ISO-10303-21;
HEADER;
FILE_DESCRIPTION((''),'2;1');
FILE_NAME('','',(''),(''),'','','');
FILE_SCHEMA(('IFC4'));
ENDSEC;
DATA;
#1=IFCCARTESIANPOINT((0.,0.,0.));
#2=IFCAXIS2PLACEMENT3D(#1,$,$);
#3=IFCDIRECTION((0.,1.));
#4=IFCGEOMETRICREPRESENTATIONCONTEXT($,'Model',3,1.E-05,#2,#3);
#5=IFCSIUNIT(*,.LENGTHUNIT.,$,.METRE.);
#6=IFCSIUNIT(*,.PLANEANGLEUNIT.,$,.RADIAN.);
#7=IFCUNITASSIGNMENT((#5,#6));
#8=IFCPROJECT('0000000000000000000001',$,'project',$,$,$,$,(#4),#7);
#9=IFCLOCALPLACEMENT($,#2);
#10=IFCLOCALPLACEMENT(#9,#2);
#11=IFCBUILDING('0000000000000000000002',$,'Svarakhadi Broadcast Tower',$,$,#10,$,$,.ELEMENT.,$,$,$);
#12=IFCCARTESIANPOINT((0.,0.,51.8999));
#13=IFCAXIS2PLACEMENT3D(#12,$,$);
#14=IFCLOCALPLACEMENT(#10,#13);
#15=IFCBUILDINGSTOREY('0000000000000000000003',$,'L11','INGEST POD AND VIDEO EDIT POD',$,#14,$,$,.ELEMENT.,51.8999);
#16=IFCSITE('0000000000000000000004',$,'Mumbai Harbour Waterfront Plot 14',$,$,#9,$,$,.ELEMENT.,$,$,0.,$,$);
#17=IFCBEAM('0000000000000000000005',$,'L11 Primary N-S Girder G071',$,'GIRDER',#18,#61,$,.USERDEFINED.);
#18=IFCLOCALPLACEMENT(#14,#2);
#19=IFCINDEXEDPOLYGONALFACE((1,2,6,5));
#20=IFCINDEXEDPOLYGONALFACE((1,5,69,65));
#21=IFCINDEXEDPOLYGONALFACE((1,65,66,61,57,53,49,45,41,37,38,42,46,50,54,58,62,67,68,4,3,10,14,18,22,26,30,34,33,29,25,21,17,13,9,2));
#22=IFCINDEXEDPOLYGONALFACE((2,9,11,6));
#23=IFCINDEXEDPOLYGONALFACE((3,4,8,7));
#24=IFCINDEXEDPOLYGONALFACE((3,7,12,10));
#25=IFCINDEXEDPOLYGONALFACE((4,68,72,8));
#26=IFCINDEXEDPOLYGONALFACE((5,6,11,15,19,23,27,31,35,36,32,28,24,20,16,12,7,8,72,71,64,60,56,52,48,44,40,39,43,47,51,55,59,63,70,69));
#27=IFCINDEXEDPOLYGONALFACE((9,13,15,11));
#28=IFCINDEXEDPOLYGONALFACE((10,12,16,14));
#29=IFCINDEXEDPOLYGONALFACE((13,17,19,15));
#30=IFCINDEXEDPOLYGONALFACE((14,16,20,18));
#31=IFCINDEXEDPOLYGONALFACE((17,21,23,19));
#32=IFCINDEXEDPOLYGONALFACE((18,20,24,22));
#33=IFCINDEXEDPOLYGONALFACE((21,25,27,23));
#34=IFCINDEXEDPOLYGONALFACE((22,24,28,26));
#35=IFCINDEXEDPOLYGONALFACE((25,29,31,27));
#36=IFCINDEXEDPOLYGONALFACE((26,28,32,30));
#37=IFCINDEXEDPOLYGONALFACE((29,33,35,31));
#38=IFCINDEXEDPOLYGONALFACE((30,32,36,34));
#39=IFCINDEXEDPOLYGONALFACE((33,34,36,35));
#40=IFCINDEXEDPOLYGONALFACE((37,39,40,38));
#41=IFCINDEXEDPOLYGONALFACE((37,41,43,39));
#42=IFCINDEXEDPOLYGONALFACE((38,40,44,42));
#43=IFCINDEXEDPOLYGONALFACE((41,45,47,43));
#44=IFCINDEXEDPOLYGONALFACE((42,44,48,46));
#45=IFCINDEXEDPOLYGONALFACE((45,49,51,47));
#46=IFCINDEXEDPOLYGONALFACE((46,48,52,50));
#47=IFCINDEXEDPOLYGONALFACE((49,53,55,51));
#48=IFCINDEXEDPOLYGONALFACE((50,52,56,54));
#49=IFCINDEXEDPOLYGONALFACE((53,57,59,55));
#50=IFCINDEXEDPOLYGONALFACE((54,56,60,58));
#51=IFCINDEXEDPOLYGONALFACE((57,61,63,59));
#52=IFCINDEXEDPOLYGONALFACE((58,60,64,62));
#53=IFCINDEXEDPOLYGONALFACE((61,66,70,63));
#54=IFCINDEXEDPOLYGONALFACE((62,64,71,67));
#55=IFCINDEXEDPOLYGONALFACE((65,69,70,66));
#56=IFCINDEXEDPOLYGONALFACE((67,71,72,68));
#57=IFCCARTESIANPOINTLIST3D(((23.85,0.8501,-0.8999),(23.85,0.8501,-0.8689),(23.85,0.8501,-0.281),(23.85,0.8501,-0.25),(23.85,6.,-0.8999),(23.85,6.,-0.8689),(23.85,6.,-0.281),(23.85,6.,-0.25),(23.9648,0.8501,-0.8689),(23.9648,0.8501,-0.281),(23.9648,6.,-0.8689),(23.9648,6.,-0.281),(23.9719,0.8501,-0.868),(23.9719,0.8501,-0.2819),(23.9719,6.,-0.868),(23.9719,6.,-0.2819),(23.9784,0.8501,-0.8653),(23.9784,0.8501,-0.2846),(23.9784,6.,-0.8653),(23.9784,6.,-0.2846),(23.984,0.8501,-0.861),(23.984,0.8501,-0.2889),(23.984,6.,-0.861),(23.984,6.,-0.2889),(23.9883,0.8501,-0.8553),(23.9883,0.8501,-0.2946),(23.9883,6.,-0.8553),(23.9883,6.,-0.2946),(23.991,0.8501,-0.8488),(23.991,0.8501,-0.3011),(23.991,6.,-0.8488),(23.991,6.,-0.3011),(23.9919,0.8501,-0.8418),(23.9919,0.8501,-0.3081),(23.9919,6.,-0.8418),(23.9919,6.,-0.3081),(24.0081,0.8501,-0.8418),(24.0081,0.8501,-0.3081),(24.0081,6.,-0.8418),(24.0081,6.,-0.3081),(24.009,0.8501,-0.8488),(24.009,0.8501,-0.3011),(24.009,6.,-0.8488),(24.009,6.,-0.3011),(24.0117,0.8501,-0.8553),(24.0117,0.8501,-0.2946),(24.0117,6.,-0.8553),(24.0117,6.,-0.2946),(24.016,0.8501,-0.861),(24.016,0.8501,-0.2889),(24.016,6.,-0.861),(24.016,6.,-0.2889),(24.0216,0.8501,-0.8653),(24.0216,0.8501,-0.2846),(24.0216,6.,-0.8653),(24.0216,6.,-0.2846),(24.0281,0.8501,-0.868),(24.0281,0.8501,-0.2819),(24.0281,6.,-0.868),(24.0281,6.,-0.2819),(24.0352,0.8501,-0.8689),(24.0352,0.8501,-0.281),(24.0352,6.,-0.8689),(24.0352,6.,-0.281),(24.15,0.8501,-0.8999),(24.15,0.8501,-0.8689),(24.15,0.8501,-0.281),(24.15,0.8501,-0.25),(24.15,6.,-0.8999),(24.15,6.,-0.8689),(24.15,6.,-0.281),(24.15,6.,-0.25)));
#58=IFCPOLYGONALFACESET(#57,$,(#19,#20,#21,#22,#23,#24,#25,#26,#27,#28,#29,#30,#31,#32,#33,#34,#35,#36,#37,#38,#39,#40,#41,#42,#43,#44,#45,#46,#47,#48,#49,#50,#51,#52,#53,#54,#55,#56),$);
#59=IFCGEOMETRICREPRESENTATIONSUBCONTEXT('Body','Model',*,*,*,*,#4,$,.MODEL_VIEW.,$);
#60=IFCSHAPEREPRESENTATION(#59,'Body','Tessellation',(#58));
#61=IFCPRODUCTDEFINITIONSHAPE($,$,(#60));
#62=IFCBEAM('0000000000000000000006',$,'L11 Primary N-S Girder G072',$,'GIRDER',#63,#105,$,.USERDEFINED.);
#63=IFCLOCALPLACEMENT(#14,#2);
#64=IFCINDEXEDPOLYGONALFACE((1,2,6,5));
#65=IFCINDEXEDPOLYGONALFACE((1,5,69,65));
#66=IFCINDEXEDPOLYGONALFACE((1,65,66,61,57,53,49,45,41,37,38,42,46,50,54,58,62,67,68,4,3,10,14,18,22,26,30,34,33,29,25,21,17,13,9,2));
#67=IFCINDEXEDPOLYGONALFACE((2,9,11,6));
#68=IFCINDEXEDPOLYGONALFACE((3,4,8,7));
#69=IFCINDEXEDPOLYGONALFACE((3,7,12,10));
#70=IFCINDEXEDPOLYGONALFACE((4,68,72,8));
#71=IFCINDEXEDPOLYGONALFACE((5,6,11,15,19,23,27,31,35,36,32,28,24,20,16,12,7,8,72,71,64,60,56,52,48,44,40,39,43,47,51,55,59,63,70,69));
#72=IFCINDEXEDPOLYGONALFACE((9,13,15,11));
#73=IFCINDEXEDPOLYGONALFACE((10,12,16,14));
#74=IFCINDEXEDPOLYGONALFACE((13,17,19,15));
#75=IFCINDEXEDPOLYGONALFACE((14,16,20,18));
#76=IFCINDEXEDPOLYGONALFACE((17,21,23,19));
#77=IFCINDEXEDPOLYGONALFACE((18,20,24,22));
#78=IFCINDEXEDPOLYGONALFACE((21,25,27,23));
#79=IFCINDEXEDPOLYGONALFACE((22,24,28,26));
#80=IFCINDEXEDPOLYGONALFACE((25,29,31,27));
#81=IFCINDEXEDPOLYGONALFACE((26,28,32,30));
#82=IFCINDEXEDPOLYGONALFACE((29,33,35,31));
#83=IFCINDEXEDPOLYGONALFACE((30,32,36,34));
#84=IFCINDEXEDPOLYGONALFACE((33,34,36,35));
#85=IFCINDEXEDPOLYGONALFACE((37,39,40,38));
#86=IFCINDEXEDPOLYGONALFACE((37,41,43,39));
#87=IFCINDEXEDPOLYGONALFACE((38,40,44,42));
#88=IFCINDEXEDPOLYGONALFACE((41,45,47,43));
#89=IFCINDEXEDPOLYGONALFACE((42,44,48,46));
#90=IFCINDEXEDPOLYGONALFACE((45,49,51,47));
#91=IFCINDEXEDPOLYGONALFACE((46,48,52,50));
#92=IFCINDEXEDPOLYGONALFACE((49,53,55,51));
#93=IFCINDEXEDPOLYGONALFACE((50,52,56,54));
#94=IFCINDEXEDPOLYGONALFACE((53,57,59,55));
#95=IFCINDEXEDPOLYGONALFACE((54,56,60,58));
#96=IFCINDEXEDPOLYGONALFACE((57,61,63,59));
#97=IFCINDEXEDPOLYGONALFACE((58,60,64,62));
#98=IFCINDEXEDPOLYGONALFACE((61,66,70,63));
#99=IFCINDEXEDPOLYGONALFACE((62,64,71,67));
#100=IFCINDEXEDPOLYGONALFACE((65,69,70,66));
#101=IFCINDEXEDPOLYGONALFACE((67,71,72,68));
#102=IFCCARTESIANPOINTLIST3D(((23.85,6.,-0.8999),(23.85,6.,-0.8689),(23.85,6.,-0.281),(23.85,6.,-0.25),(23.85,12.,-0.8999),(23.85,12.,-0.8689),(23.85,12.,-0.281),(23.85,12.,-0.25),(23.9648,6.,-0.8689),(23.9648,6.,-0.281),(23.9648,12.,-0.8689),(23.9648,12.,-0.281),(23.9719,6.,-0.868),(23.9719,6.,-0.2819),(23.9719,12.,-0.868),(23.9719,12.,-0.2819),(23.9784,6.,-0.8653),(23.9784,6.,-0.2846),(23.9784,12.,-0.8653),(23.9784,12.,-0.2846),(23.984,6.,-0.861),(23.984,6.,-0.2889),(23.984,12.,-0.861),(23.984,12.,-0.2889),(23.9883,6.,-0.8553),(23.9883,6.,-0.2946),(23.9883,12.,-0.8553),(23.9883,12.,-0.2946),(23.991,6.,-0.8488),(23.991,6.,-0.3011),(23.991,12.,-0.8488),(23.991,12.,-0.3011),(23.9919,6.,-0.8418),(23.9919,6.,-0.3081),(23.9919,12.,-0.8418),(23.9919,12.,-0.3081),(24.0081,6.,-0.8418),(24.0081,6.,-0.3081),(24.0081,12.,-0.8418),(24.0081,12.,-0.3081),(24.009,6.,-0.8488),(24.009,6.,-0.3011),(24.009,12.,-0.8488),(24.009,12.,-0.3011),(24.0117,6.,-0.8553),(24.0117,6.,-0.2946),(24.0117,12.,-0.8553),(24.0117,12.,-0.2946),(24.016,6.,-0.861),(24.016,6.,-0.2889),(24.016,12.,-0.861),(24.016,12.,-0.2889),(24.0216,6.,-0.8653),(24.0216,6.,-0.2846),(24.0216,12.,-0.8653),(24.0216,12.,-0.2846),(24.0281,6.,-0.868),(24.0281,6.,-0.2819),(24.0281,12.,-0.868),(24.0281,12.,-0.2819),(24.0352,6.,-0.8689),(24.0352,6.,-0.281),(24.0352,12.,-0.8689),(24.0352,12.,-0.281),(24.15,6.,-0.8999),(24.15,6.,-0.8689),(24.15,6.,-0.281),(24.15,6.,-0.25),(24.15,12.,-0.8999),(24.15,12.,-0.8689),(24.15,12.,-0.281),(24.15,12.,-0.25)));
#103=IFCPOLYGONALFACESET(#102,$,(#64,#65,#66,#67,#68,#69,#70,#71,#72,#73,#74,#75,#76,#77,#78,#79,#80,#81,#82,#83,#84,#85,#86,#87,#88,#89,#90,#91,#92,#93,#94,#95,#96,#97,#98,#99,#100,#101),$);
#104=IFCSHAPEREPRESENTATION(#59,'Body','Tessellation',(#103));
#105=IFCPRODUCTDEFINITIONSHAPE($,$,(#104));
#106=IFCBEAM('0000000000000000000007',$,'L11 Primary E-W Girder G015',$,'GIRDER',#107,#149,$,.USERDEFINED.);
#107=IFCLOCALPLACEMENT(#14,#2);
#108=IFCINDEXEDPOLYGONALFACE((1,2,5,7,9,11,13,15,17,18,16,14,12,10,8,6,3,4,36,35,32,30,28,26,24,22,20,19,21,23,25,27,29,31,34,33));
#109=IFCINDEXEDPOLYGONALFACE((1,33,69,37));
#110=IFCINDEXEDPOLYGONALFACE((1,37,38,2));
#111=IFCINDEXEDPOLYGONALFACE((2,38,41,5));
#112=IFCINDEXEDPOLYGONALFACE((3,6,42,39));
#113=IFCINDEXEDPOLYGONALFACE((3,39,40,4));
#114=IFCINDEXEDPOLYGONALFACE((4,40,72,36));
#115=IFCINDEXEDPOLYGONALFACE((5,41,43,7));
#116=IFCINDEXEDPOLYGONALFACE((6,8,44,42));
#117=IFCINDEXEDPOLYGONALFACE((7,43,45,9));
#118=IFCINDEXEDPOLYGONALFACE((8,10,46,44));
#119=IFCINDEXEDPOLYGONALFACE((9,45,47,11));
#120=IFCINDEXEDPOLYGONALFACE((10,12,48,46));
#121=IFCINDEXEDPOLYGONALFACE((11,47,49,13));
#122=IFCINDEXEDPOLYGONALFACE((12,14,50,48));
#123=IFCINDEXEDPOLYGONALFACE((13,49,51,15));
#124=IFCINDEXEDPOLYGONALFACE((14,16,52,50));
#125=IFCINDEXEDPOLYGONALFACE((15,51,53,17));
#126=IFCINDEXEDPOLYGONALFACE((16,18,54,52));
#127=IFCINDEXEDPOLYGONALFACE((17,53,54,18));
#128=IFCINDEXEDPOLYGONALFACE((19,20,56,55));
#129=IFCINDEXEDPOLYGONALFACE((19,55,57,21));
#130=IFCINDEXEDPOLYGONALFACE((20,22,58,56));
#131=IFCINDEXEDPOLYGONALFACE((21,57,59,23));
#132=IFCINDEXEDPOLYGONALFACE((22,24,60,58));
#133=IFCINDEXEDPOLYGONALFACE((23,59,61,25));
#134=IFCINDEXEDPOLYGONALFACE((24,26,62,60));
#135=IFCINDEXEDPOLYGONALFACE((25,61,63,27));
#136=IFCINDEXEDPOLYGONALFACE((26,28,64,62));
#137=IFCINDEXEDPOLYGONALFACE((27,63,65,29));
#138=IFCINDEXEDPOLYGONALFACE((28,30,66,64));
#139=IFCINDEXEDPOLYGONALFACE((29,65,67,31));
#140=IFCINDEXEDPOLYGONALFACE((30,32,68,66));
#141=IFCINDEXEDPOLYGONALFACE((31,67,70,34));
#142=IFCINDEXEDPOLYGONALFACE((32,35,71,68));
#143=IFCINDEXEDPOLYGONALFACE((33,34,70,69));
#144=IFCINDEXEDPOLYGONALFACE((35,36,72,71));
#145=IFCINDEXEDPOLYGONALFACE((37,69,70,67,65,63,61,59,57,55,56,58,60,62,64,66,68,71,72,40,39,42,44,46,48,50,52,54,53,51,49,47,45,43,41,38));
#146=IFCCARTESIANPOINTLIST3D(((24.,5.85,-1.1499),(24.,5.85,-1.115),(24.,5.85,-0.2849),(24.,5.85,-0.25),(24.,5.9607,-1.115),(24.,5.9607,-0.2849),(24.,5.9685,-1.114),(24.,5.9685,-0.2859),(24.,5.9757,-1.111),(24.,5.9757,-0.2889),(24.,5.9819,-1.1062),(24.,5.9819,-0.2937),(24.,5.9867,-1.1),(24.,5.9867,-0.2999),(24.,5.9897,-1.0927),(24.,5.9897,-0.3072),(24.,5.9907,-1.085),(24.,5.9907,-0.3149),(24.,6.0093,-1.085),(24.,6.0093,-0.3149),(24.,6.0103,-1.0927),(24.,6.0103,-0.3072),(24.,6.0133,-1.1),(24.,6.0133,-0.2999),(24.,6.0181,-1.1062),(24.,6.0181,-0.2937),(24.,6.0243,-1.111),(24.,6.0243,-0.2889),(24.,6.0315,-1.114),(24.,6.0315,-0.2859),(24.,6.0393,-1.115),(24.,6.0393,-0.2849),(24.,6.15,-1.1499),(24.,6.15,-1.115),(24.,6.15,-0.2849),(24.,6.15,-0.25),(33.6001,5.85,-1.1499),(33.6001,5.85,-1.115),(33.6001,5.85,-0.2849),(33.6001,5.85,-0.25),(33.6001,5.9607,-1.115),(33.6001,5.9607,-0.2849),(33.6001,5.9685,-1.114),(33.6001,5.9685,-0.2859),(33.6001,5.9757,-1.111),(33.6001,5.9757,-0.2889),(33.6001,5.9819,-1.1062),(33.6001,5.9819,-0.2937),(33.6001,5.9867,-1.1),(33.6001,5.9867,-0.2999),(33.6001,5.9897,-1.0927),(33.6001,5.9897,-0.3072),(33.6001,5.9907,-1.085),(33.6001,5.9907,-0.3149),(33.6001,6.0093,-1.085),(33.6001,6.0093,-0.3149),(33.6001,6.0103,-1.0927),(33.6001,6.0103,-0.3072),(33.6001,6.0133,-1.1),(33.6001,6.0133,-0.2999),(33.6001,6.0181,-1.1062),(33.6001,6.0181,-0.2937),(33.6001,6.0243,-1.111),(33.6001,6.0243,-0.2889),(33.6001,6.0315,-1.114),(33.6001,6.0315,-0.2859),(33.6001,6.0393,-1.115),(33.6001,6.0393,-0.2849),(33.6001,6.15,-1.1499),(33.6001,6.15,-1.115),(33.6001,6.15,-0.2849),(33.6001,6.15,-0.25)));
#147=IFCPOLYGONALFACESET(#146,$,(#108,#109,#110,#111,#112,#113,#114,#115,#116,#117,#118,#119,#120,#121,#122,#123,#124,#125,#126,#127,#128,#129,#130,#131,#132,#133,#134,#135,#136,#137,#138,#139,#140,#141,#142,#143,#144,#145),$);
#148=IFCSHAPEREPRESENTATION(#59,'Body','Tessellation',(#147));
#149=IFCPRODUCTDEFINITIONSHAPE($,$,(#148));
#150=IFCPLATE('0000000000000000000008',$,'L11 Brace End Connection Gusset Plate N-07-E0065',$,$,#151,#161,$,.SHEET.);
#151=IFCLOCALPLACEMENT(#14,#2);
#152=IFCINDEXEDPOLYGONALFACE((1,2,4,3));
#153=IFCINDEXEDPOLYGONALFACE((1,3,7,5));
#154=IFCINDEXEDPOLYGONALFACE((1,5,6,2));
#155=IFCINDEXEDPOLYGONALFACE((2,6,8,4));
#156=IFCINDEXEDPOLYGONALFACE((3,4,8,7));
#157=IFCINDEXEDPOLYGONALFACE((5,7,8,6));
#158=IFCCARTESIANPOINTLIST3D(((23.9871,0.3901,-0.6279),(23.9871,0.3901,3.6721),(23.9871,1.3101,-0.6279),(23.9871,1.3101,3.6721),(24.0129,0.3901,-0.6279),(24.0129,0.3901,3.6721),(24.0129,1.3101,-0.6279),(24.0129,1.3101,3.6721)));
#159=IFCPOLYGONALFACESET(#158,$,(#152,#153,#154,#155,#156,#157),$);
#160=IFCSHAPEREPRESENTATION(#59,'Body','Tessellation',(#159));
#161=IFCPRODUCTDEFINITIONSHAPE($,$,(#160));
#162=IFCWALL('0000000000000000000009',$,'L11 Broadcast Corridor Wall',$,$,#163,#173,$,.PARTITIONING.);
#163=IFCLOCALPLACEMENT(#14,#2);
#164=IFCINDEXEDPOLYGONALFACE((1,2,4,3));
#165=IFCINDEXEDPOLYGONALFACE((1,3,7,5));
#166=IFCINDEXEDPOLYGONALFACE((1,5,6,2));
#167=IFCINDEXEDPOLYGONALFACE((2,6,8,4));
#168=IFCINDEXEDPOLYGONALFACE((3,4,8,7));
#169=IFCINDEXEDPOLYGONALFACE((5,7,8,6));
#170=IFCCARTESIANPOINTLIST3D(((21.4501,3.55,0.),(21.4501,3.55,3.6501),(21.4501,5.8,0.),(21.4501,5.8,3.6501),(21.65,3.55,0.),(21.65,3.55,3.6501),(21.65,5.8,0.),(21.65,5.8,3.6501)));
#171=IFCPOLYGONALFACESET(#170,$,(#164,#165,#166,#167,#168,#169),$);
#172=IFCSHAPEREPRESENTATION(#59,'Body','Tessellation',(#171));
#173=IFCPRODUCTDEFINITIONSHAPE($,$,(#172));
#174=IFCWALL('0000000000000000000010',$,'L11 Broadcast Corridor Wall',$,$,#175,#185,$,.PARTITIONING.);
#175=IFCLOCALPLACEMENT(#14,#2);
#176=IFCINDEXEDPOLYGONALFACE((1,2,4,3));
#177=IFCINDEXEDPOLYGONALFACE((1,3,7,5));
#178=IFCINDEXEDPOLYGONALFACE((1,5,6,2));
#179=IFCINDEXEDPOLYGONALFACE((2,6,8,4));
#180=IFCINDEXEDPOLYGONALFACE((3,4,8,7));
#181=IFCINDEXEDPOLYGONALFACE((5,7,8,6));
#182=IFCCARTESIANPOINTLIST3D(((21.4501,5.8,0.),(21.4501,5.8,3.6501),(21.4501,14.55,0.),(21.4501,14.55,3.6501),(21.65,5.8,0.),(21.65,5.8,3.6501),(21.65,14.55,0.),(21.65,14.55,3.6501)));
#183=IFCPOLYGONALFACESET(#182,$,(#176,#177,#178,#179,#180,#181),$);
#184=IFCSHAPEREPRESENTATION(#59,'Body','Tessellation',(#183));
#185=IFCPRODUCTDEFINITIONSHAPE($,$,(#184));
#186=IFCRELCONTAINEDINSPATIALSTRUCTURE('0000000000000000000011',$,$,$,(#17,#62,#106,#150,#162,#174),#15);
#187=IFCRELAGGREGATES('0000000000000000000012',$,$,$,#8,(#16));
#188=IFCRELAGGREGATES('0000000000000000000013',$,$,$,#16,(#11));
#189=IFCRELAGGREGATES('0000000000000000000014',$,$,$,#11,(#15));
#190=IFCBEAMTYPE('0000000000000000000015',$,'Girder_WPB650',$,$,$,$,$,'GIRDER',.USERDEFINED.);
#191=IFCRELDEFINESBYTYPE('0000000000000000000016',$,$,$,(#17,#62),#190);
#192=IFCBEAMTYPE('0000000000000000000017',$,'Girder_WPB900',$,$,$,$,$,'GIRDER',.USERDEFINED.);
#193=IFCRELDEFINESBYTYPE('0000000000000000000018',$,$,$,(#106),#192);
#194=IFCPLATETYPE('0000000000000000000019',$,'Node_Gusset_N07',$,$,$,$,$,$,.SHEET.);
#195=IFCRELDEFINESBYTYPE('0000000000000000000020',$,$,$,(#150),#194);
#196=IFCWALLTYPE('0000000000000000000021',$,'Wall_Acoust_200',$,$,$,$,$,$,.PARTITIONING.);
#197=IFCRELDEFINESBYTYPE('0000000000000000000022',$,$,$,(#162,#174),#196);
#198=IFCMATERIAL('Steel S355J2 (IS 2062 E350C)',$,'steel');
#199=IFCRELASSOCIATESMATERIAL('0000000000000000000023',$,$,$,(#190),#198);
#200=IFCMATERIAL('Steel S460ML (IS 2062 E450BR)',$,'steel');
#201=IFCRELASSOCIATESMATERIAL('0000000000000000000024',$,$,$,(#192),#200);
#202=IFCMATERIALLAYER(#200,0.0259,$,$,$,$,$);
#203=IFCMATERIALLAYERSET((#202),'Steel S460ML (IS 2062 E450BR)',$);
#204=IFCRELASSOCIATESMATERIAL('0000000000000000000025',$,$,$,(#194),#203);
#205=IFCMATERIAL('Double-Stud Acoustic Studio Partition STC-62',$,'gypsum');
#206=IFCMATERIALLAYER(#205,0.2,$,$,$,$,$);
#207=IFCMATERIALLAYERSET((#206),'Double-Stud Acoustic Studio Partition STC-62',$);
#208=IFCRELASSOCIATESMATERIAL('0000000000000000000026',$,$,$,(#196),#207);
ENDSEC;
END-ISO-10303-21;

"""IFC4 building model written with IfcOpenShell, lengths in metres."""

from ifc_helpers import new_model, si_unit, direction, frame, frame_2d, origin, origin_2d, place, context, subcontext, project, spatial, rectangle, i_section, extrude, material, layer, layer_set, material_profile, profile_set, type_object, element, save


model = new_model("IFC4")

# Units and contexts
model_context = context("Model", 3, precision=1e-05, world=origin(), true_north=direction((0.0, 1.0)))
body_context = subcontext(model_context, "Body", "Model", "MODEL_VIEW")
ifc_project = project(units=[si_unit("LENGTHUNIT", "METRE"), si_unit("PLANEANGLEUNIT", "RADIAN")], contexts=[model_context])

# Site, building, storey
site_placement = place(None, origin())
site = spatial("IfcSite", under=ifc_project, at=site_placement, Name="Mumbai Harbour Waterfront Plot 14", CompositionType="ELEMENT", RefElevation=0.0)
building_placement = place(site_placement, origin())
building = spatial("IfcBuilding", under=site, at=building_placement, Name="Svarakhadi Broadcast Tower", CompositionType="ELEMENT")
storey_placement = place(building_placement, frame((0.0, 0.0, 51.8999)))
storey = spatial("IfcBuildingStorey", under=building, at=storey_placement, Name="L11", Description="INGEST POD AND VIDEO EDIT POD", CompositionType="ELEMENT", Elevation=51.8999)

# Beams
ifc_material_1 = material(Name="Steel S355J2 (IS 2062 E350C)", Category="steel")
ifc_material_profile_1 = material_profile(ifc_material_1, i_section(OverallWidth=0.3, OverallDepth=0.6499, WebThickness=0.0161, FlangeThickness=0.031, FilletRadius=0.0271, at=origin_2d()), Name="WPB 650x300x225")
ifc_profile_set_1 = profile_set([ifc_material_profile_1], Name="Steel S355J2 (IS 2062 E350C)")
beam_type_1 = type_object("IfcBeamType", Name="Girder_WPB650", ElementType="GIRDER", PredefinedType="USERDEFINED", material=ifc_profile_set_1)
beam_1_placement = place(storey_placement, frame((24.0, 0.8501, -0.575), z_axis=(0.0, 1.0, 0.0), x_axis=(-1.0, 0.0, 0.0)))
element("IfcBeam", 1, at=beam_1_placement, inside=storey, type_object=beam_type_1, Name="L11 Primary N-S Girder G071", ObjectType="GIRDER", PredefinedType="USERDEFINED", context=body_context, shape_type="SweptSolid", body=[
    extrude(i_section(OverallWidth=0.3, OverallDepth=0.6499, WebThickness=0.0161, FlangeThickness=0.031, FilletRadius=0.0271, at=origin_2d()), origin(), (0.0, 0.0, 1.0), 5.1499),
])
beam_2_placement = place(storey_placement, frame((24.0, 6.0, -0.575), z_axis=(0.0, 1.0, 0.0), x_axis=(-1.0, 0.0, 0.0)))
element("IfcBeam", 2, at=beam_2_placement, inside=storey, type_object=beam_type_1, Name="L11 Primary N-S Girder G072", ObjectType="GIRDER", PredefinedType="USERDEFINED", context=body_context, shape_type="SweptSolid", body=[
    extrude(i_section(OverallWidth=0.3, OverallDepth=0.6499, WebThickness=0.0161, FlangeThickness=0.031, FilletRadius=0.0271, at=origin_2d()), origin(), (0.0, 0.0, 1.0), 6.0),
])
ifc_material_2 = material(Name="Steel S460ML (IS 2062 E450BR)", Category="steel")
ifc_material_profile_2 = material_profile(ifc_material_2, i_section(OverallWidth=0.3, OverallDepth=0.8999, WebThickness=0.0186, FlangeThickness=0.0349, FilletRadius=0.03, at=origin_2d()), Name="WPB 900x300x291")
ifc_profile_set_2 = profile_set([ifc_material_profile_2], Name="Steel S460ML (IS 2062 E450BR)")
beam_type_2 = type_object("IfcBeamType", Name="Girder_WPB900", ElementType="GIRDER", PredefinedType="USERDEFINED", material=ifc_profile_set_2)
beam_3_placement = place(storey_placement, frame((24.0, 6.0, -0.7), z_axis=(1.0, 0.0, 0.0), x_axis=(0.0, 1.0, 0.0)))
element("IfcBeam", 3, at=beam_3_placement, inside=storey, type_object=beam_type_2, Name="L11 Primary E-W Girder G015", ObjectType="GIRDER", PredefinedType="USERDEFINED", context=body_context, shape_type="SweptSolid", body=[
    extrude(i_section(OverallWidth=0.3, OverallDepth=0.8999, WebThickness=0.0186, FlangeThickness=0.0349, FilletRadius=0.03, at=origin_2d()), origin(), (0.0, 0.0, 1.0), 9.6001),
])

# Plate
ifc_layer_1 = layer(ifc_material_2, 0.0259)
ifc_layer_set_1 = layer_set([ifc_layer_1], Name="Steel S460ML (IS 2062 E450BR)")
plate_type = type_object("IfcPlateType", Name="Node_Gusset_N07", PredefinedType="SHEET", material=ifc_layer_set_1)
plate_placement = place(storey_placement, frame((24.0, 0.8501, -0.6279), z_axis=(0.0, 0.0, 1.0), x_axis=(0.0, 1.0, 0.0)))
element("IfcPlate", 4, at=plate_placement, inside=storey, type_object=plate_type, Name="L11 Brace End Connection Gusset Plate N-07-E0065", PredefinedType="SHEET", context=body_context, shape_type="SweptSolid", body=[
    extrude(rectangle(XDim=0.9199, YDim=0.0259, at=origin_2d()), origin(), (0.0, 0.0, 1.0), 4.3),
])

# Walls
ifc_material_3 = material(Name="Double-Stud Acoustic Studio Partition STC-62", Category="gypsum")
ifc_layer_2 = layer(ifc_material_3, 0.2)
ifc_layer_set_2 = layer_set([ifc_layer_2], Name="Double-Stud Acoustic Studio Partition STC-62")
wall_type_1 = type_object("IfcWallType", Name="Wall_Acoust_200", PredefinedType="PARTITIONING", material=ifc_layer_set_2)
wall_1_placement = place(storey_placement, frame((21.55, 3.55, 0.0), z_axis=(0.0, 0.0, 1.0), x_axis=(0.0, 1.0, 0.0)))
element("IfcWall", 5, at=wall_1_placement, inside=storey, type_object=wall_type_1, Name="L11 Broadcast Corridor Wall", PredefinedType="PARTITIONING", context=body_context, shape_type="SweptSolid", body=[
    extrude(rectangle(XDim=2.25, YDim=0.2, at=frame_2d((1.125, 0.0))), origin(), (0.0, 0.0, 1.0), 3.6501),
])
wall_2_placement = place(storey_placement, frame((21.55, 5.8, 0.0), z_axis=(0.0, 0.0, 1.0), x_axis=(0.0, 1.0, 0.0)))
element("IfcWall", 6, at=wall_2_placement, inside=storey, type_object=wall_type_1, Name="L11 Broadcast Corridor Wall", PredefinedType="PARTITIONING", context=body_context, shape_type="SweptSolid", body=[
    extrude(rectangle(XDim=8.75, YDim=0.2, at=frame_2d((4.375, 0.0))), origin(), (0.0, 0.0, 1.0), 3.6501),
])

save(model, "model.ifc")
